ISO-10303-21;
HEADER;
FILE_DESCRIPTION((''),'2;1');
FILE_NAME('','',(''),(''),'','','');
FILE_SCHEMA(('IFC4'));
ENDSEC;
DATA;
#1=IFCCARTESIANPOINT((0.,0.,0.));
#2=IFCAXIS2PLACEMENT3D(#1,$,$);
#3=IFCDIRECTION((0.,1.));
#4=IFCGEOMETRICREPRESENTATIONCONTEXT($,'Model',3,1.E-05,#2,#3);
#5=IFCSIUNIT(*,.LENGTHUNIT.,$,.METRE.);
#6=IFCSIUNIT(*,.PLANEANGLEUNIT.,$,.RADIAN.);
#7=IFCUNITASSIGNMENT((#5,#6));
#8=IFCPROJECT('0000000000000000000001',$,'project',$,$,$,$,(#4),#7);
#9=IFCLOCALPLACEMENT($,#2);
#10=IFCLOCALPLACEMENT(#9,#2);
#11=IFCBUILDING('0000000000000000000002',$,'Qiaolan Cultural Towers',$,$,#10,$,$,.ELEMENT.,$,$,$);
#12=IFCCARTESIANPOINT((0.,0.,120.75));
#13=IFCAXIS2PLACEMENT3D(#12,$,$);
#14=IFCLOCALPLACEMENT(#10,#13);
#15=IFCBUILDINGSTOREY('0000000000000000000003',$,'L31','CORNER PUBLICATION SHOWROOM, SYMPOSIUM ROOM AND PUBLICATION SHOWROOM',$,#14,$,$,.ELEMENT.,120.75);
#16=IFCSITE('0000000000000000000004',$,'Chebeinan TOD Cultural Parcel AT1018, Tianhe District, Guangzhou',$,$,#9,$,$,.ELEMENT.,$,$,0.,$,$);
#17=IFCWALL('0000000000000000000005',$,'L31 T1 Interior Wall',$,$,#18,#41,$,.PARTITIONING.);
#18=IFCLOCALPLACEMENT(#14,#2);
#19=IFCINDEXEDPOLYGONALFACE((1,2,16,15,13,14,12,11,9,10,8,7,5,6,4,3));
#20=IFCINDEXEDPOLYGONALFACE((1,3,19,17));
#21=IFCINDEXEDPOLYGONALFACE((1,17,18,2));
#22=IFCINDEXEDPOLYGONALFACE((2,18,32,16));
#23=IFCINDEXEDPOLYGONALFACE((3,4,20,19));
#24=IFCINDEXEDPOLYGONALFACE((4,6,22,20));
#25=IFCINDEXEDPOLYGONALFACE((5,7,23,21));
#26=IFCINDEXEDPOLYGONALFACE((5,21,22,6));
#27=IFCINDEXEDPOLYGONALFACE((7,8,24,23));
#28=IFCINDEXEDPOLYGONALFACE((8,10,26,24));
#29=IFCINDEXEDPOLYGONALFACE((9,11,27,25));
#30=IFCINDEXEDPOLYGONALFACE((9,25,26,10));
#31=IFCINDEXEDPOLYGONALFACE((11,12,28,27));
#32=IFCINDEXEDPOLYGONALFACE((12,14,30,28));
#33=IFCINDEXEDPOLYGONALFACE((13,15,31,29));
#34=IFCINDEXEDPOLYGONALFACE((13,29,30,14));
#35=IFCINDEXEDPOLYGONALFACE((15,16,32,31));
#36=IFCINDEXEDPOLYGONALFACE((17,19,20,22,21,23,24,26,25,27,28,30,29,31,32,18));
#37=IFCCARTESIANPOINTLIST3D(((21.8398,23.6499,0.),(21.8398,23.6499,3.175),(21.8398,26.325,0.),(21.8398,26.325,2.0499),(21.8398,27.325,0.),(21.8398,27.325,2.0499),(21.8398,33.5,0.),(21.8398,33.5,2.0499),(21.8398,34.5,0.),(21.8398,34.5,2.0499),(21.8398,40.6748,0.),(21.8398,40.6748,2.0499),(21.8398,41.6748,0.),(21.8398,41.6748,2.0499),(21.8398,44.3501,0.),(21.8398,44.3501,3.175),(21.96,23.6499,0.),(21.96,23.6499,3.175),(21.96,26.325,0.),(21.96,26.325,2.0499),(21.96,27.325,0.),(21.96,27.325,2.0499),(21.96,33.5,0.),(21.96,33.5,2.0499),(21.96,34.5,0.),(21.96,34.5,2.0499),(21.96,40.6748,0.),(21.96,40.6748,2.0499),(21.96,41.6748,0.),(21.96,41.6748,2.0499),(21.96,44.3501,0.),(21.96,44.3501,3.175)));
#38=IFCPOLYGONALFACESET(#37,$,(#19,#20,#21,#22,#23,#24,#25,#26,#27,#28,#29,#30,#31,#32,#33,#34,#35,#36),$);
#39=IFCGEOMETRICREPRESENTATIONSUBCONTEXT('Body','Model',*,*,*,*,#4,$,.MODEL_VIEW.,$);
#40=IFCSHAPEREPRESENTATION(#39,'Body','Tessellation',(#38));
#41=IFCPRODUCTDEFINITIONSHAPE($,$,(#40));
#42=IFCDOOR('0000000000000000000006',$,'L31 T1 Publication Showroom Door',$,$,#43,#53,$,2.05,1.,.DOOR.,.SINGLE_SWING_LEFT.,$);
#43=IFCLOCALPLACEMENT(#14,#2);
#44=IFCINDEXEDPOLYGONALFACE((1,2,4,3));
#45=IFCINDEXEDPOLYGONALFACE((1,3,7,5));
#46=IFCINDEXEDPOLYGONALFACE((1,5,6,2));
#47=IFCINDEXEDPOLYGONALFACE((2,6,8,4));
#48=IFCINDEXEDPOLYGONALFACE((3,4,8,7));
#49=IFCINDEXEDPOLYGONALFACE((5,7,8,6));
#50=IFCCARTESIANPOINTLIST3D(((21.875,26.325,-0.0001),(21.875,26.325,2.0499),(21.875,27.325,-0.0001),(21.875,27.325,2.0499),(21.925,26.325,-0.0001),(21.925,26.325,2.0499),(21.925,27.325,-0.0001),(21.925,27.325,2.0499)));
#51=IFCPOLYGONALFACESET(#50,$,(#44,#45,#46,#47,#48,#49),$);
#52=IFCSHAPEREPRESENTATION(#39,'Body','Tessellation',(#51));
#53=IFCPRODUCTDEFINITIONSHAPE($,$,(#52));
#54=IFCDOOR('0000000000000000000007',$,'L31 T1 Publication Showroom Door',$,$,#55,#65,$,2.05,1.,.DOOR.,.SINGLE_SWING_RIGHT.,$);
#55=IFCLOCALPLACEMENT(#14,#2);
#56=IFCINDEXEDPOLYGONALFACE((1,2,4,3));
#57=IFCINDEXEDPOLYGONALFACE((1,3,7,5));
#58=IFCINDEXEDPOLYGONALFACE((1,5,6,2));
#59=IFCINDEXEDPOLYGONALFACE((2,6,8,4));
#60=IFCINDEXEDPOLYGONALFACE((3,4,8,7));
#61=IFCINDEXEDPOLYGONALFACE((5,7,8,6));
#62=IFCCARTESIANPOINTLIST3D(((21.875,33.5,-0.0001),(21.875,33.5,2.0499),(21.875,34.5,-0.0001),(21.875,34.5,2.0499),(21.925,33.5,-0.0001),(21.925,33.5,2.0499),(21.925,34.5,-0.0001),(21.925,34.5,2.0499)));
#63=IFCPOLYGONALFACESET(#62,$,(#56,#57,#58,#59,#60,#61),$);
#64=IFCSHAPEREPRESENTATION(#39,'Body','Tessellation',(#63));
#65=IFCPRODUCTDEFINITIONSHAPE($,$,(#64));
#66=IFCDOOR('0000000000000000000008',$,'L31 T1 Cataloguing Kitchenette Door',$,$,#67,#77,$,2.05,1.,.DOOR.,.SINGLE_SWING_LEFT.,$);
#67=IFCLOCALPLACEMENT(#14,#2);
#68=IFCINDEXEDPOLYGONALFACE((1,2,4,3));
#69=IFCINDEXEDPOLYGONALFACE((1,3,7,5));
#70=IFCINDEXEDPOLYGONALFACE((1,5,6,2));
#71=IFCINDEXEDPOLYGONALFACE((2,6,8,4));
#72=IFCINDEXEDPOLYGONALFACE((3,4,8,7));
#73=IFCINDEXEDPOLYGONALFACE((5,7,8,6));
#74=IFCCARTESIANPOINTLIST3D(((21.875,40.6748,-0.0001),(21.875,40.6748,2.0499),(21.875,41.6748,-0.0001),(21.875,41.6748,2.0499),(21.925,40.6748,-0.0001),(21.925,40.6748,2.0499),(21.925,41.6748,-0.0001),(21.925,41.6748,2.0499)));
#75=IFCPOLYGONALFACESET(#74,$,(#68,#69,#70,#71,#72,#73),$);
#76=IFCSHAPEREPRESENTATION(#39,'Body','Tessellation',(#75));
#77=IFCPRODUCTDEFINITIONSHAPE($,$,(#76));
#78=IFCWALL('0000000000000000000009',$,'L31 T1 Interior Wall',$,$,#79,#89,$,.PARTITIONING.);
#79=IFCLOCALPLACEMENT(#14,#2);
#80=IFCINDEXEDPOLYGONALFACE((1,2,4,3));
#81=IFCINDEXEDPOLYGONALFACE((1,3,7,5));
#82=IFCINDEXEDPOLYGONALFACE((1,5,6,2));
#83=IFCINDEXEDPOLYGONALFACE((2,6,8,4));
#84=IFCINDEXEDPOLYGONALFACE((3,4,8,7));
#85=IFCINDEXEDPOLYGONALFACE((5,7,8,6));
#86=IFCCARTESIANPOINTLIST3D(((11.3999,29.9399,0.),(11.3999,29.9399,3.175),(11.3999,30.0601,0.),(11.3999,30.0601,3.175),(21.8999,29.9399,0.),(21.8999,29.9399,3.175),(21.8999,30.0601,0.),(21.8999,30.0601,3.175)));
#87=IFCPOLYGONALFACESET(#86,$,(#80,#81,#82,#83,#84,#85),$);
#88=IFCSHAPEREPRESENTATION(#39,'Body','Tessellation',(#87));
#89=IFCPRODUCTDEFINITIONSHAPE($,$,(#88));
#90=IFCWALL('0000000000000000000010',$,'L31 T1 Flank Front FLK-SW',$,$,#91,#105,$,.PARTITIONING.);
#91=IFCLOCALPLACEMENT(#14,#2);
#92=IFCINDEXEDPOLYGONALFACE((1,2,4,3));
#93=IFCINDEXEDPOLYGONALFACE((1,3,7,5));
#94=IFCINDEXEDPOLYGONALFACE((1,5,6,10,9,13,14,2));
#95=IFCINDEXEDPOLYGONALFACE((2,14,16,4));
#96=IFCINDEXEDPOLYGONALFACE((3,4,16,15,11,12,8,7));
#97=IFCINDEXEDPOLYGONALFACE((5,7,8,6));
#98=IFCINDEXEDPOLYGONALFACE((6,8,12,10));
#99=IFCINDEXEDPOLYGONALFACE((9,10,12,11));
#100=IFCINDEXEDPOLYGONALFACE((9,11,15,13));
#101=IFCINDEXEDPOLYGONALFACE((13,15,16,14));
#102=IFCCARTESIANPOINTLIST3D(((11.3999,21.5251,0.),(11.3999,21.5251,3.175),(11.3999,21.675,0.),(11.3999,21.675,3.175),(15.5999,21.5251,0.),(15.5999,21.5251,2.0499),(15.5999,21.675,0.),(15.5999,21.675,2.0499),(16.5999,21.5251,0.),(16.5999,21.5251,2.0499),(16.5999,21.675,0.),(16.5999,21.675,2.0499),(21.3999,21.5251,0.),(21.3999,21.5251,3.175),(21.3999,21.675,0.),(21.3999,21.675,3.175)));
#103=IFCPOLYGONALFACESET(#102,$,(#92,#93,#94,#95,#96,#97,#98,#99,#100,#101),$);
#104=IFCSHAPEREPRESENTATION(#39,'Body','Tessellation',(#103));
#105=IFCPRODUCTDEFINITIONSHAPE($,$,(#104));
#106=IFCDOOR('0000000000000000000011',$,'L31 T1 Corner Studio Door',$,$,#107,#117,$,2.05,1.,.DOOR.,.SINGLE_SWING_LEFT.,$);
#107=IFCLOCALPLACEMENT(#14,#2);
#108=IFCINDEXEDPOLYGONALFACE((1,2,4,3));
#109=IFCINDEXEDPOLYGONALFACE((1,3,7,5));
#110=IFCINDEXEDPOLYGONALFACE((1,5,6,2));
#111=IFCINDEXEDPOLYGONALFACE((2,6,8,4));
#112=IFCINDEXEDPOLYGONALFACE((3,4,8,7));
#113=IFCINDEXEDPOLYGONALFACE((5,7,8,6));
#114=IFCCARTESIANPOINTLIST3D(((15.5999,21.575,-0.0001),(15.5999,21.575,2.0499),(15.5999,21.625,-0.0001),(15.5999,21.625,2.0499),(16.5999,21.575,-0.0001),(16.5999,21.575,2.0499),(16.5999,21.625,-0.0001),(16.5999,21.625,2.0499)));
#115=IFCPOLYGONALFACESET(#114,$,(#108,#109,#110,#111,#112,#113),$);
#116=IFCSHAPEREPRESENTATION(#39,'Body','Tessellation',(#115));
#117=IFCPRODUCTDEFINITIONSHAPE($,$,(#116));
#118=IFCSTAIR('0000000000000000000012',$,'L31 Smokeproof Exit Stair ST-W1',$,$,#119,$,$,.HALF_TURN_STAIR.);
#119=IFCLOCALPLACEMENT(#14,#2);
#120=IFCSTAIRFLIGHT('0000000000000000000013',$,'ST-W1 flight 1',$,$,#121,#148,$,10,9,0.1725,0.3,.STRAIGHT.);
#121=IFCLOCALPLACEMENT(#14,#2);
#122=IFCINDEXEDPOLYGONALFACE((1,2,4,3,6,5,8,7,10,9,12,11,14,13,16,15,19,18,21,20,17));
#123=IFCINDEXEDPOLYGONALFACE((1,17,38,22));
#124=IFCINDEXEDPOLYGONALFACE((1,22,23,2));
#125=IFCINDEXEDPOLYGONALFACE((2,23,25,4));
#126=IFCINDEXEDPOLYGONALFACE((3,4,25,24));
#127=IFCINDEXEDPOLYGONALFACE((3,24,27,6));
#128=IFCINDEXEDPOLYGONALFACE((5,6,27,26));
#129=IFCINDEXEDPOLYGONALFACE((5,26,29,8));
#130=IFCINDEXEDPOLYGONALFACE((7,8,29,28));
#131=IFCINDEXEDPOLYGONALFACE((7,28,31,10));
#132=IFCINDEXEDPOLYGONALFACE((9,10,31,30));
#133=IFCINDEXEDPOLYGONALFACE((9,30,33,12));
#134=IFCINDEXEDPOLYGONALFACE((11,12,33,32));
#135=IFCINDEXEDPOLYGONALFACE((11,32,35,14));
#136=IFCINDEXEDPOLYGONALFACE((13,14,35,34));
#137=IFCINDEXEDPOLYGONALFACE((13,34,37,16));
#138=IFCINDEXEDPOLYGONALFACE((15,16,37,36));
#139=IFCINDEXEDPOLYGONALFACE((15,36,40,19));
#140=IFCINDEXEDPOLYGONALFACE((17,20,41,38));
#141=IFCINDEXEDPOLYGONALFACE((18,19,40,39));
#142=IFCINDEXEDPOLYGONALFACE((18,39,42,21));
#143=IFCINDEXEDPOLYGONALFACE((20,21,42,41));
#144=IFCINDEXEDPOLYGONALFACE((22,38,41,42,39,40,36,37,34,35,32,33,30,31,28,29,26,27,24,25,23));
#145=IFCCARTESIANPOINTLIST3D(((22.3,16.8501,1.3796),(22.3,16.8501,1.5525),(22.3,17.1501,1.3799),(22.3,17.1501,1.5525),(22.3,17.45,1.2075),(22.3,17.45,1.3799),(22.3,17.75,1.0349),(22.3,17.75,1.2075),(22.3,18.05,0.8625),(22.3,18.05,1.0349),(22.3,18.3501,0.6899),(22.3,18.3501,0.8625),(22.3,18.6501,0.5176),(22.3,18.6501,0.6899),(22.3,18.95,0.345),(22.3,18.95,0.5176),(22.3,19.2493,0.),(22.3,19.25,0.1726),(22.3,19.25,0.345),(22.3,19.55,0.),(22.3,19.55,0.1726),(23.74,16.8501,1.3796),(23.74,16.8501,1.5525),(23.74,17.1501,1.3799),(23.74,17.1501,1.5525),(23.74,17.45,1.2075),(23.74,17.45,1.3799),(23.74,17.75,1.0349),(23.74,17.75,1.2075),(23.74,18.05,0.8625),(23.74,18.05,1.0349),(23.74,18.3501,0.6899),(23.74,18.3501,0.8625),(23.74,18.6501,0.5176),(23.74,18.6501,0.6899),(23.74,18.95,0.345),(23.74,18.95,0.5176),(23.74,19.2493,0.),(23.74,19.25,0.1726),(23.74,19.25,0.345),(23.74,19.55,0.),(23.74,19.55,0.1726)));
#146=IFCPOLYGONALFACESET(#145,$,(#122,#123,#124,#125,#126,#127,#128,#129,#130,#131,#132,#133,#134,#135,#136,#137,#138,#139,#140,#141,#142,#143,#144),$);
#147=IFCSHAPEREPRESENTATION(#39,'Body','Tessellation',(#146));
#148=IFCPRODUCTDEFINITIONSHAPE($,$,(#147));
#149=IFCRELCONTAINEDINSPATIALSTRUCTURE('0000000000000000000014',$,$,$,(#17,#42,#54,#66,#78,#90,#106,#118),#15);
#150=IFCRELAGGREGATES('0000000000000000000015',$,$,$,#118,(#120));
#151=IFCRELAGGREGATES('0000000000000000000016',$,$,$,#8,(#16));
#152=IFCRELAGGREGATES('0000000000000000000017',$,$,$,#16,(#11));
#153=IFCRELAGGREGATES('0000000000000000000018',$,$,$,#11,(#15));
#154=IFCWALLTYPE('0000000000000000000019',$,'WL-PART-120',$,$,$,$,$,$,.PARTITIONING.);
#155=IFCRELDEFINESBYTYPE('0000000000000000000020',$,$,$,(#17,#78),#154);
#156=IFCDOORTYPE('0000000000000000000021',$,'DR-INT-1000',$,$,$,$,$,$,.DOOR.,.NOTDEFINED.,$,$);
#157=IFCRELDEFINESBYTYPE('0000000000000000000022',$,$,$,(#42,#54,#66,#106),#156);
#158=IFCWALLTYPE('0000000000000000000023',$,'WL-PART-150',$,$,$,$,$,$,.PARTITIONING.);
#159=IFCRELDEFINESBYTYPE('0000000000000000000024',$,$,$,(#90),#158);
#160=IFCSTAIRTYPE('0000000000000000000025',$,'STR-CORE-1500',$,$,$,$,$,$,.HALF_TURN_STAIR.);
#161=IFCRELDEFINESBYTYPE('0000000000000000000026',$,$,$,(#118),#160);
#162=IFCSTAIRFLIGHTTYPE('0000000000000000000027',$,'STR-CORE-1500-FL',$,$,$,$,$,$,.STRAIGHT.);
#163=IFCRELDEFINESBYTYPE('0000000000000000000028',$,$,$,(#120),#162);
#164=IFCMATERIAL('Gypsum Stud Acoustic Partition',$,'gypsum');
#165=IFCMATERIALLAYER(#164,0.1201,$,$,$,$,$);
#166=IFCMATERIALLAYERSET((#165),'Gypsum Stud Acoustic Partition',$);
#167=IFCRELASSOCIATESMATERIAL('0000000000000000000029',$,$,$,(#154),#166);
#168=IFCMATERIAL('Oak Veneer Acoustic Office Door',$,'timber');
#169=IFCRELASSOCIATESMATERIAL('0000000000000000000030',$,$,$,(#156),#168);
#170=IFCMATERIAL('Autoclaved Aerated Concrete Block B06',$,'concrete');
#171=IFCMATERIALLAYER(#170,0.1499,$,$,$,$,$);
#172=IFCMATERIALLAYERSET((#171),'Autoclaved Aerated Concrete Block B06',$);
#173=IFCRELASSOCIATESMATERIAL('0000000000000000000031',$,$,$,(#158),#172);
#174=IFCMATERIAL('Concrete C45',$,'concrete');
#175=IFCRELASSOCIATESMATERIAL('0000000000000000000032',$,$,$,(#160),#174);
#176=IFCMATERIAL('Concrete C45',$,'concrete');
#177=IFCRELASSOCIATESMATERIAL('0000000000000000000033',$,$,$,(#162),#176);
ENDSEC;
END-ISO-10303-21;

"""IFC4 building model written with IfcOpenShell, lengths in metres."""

from ifc_helpers import new_model, si_unit, direction, frame, frame_2d, origin, place, context, subcontext, project, spatial, polyline, rectangle, outline, extrude, material, layer, layer_set, type_object, element, fill, aggregate, save


model = new_model("IFC4")

# Units and contexts
model_context = context("Model", 3, precision=1e-05, world=origin(), true_north=direction((0.0, 1.0)))
body_context = subcontext(model_context, "Body", "Model", "MODEL_VIEW")
ifc_project = project(units=[si_unit("LENGTHUNIT", "METRE"), si_unit("PLANEANGLEUNIT", "RADIAN")], contexts=[model_context])

# Site, building, storey
site_placement = place(None, origin())
site = spatial("IfcSite", under=ifc_project, at=site_placement, Name="Chebeinan TOD Cultural Parcel AT1018, Tianhe District, Guangzhou", CompositionType="ELEMENT", RefElevation=0.0)
building_placement = place(site_placement, origin())
building = spatial("IfcBuilding", under=site, at=building_placement, Name="Qiaolan Cultural Towers", CompositionType="ELEMENT")
storey_placement = place(building_placement, frame((0.0, 0.0, 120.75)))
storey = spatial("IfcBuildingStorey", under=building, at=storey_placement, Name="L31", Description="CORNER PUBLICATION SHOWROOM, SYMPOSIUM ROOM AND PUBLICATION SHOWROOM", CompositionType="ELEMENT", Elevation=120.75)

# Shared definitions
ifc_material_1 = material(Name="Gypsum Stud Acoustic Partition", Category="gypsum")
ifc_layer_1 = layer(ifc_material_1, 0.1201)
ifc_layer_set_1 = layer_set([ifc_layer_1], Name="Gypsum Stud Acoustic Partition")
wall_type_1 = type_object("IfcWallType", Name="WL-PART-120", PredefinedType="PARTITIONING", material=ifc_layer_set_1)

# Wall, openings, doors
wall_1_placement = place(storey_placement, frame((21.8999, 23.6499, 0.0), z_axis=(0.0, 0.0, 1.0), x_axis=(0.0, 1.0, 0.0)))
wall_1 = element("IfcWall", 1, at=wall_1_placement, inside=storey, type_object=wall_type_1, Name="L31 T1 Interior Wall", PredefinedType="PARTITIONING", context=body_context, shape_type="SweptSolid", body=[
    extrude(rectangle(XDim=20.7002, YDim=0.1201, at=frame_2d((10.3501, 0.0))), origin(), (0.0, 0.0, 1.0), 3.175),
])
opening_1_placement = place(wall_1_placement, frame((2.675, 0.0, 0.0)))
opening_1 = element("IfcOpeningElement", 2, at=opening_1_placement, cuts=wall_1, PredefinedType="OPENING", context=body_context, shape_type="SweptSolid", body=[
    extrude(rectangle(XDim=1.0, YDim=2.05, at=frame_2d((0.5, 1.0249))), frame((0.0, 0.0701, 0.0), z_axis=(0.0, -1.0, 0.0), x_axis=(1.0, 0.0, 0.0)), (0.0, 0.0, 1.0), 0.1401),
])
opening_2_placement = place(wall_1_placement, frame((9.8501, 0.0, 0.0)))
opening_2 = element("IfcOpeningElement", 3, at=opening_2_placement, cuts=wall_1, PredefinedType="OPENING", context=body_context, shape_type="SweptSolid", body=[
    extrude(rectangle(XDim=1.0, YDim=2.05, at=frame_2d((0.5, 1.0249))), frame((0.0, 0.0701, 0.0), z_axis=(0.0, -1.0, 0.0), x_axis=(1.0, 0.0, 0.0)), (0.0, 0.0, 1.0), 0.1401),
])
opening_3_placement = place(wall_1_placement, frame((17.0249, 0.0, 0.0)))
opening_3 = element("IfcOpeningElement", 4, at=opening_3_placement, cuts=wall_1, PredefinedType="OPENING", context=body_context, shape_type="SweptSolid", body=[
    extrude(rectangle(XDim=1.0, YDim=2.05, at=frame_2d((0.5, 1.0249))), frame((0.0, 0.0701, 0.0), z_axis=(0.0, -1.0, 0.0), x_axis=(1.0, 0.0, 0.0)), (0.0, 0.0, 1.0), 0.1401),
])
ifc_material_2 = material(Name="Oak Veneer Acoustic Office Door", Category="timber")
door_type = type_object("IfcDoorType", Name="DR-INT-1000", OperationType="NOTDEFINED", PredefinedType="DOOR", material=ifc_material_2)
door_1_placement = place(opening_1_placement, origin())
door_1 = element("IfcDoor", 5, at=door_1_placement, inside=storey, type_object=door_type, Name="L31 T1 Publication Showroom Door", OperationType="SINGLE_SWING_LEFT", OverallHeight=2.05, OverallWidth=1.0, PredefinedType="DOOR", context=body_context, shape_type="SweptSolid", body=[
    extrude(rectangle(XDim=1.0, YDim=2.05, at=frame_2d((0.5, 1.0249))), frame((0.0, 0.0249, 0.0), z_axis=(0.0, -1.0, 0.0), x_axis=(1.0, 0.0, 0.0)), (0.0, 0.0, 1.0), 0.05),
])
fill(opening_1, door_1)
door_2_placement = place(opening_2_placement, origin())
door_2 = element("IfcDoor", 6, at=door_2_placement, inside=storey, type_object=door_type, Name="L31 T1 Publication Showroom Door", OperationType="SINGLE_SWING_RIGHT", OverallHeight=2.05, OverallWidth=1.0, PredefinedType="DOOR", context=body_context, shape_type="SweptSolid", body=[
    extrude(rectangle(XDim=1.0, YDim=2.05, at=frame_2d((0.5, 1.0249))), frame((0.0, 0.0249, 0.0), z_axis=(0.0, -1.0, 0.0), x_axis=(1.0, 0.0, 0.0)), (0.0, 0.0, 1.0), 0.05),
])
fill(opening_2, door_2)
door_3_placement = place(opening_3_placement, origin())
door_3 = element("IfcDoor", 7, at=door_3_placement, inside=storey, type_object=door_type, Name="L31 T1 Cataloguing Kitchenette Door", OperationType="SINGLE_SWING_LEFT", OverallHeight=2.05, OverallWidth=1.0, PredefinedType="DOOR", context=body_context, shape_type="SweptSolid", body=[
    extrude(rectangle(XDim=1.0, YDim=2.05, at=frame_2d((0.5, 1.0249))), frame((0.0, 0.0249, 0.0), z_axis=(0.0, -1.0, 0.0), x_axis=(1.0, 0.0, 0.0)), (0.0, 0.0, 1.0), 0.05),
])
fill(opening_3, door_3)

# Wall
wall_2_placement = place(storey_placement, frame((11.3999, 30.0, 0.0), z_axis=(0.0, 0.0, 1.0), x_axis=(1.0, 0.0, 0.0)))
element("IfcWall", 8, at=wall_2_placement, inside=storey, type_object=wall_type_1, Name="L31 T1 Interior Wall", PredefinedType="PARTITIONING", context=body_context, shape_type="SweptSolid", body=[
    extrude(rectangle(XDim=10.5, YDim=0.1201, at=frame_2d((5.25, 0.0))), origin(), (0.0, 0.0, 1.0), 3.175),
])

# Wall, opening, door
ifc_material_3 = material(Name="Autoclaved Aerated Concrete Block B06", Category="concrete")
ifc_layer_2 = layer(ifc_material_3, 0.1499)
ifc_layer_set_2 = layer_set([ifc_layer_2], Name="Autoclaved Aerated Concrete Block B06")
wall_type_2 = type_object("IfcWallType", Name="WL-PART-150", PredefinedType="PARTITIONING", material=ifc_layer_set_2)
wall_3_placement = place(storey_placement, frame((11.3999, 21.6001, 0.0), z_axis=(0.0, 0.0, 1.0), x_axis=(1.0, 0.0, 0.0)))
wall_3 = element("IfcWall", 9, at=wall_3_placement, inside=storey, type_object=wall_type_2, Name="L31 T1 Flank Front FLK-SW", PredefinedType="PARTITIONING", context=body_context, shape_type="SweptSolid", body=[
    extrude(rectangle(XDim=10.0, YDim=0.1499, at=frame_2d((5.0, 0.0))), origin(), (0.0, 0.0, 1.0), 3.175),
])
opening_4_placement = place(wall_3_placement, frame((4.2, 0.0, 0.0)))
opening_4 = element("IfcOpeningElement", 10, at=opening_4_placement, cuts=wall_3, PredefinedType="OPENING", context=body_context, shape_type="SweptSolid", body=[
    extrude(rectangle(XDim=1.0, YDim=2.05, at=frame_2d((0.5, 1.0249))), frame((0.0, 0.085, 0.0), z_axis=(0.0, -1.0, 0.0), x_axis=(1.0, 0.0, 0.0)), (0.0, 0.0, 1.0), 0.1699),
])
door_4_placement = place(opening_4_placement, origin())
door_4 = element("IfcDoor", 11, at=door_4_placement, inside=storey, type_object=door_type, Name="L31 T1 Corner Studio Door", OperationType="SINGLE_SWING_LEFT", OverallHeight=2.05, OverallWidth=1.0, PredefinedType="DOOR", context=body_context, shape_type="SweptSolid", body=[
    extrude(rectangle(XDim=1.0, YDim=2.05, at=frame_2d((0.5, 1.0249))), frame((0.0, 0.0249, 0.0), z_axis=(0.0, -1.0, 0.0), x_axis=(1.0, 0.0, 0.0)), (0.0, 0.0, 1.0), 0.05),
])
fill(opening_4, door_4)

# Stair, stair flight
ifc_material_4 = material(Name="Concrete C45", Category="concrete")
stair_type = type_object("IfcStairType", Name="STR-CORE-1500", PredefinedType="HALF_TURN_STAIR", material=ifc_material_4)
stair_placement = place(storey_placement, origin())
stair = element("IfcStair", 12, at=stair_placement, inside=storey, type_object=stair_type, Name="L31 Smokeproof Exit Stair ST-W1", PredefinedType="HALF_TURN_STAIR")
ifc_material_5 = material(Name="Concrete C45", Category="concrete")
stair_flight_type = type_object("IfcStairFlightType", Name="STR-CORE-1500-FL", PredefinedType="STRAIGHT", material=ifc_material_5)
stair_flight_placement = place(storey_placement, frame((23.02, 19.55, 0.0), z_axis=(0.0, 0.0, 1.0), x_axis=(0.0, -1.0, 0.0)))
stair_flight = element("IfcStairFlight", 13, at=stair_flight_placement, type_object=stair_flight_type, Name="ST-W1 flight 1", NumberOfRisers=10, NumberOfTreads=9, PredefinedType="STRAIGHT", RiserHeight=0.1725, TreadLength=0.3, context=body_context, shape_type="SweptSolid", body=[
    extrude(outline(polyline([(0.0, 0.0), (0.0, 0.1726), (0.3, 0.1726), (0.3, 0.345), (0.6001, 0.345), (0.6001, 0.5176), (0.8999, 0.5176), (0.8999, 0.6899), (1.2, 0.6899), (1.2, 0.8625), (1.5, 0.8625), (1.5, 1.0349), (1.8, 1.0349), (1.8, 1.2075), (2.1001, 1.2075), (2.1001, 1.3799), (2.3999, 1.3799), (2.3999, 1.5525), (2.7, 1.5525), (2.7, 1.7251), (2.7, 1.3796), (0.3008, 0.0), (0.0, 0.0)])), frame((0.0, 0.72, 0.0), z_axis=(0.0, -1.0, 0.0), x_axis=(1.0, 0.0, 0.0)), (0.0, 0.0, 1.0), 1.4399),
])
aggregate(stair, [stair_flight])

save(model, "model.ifc")
